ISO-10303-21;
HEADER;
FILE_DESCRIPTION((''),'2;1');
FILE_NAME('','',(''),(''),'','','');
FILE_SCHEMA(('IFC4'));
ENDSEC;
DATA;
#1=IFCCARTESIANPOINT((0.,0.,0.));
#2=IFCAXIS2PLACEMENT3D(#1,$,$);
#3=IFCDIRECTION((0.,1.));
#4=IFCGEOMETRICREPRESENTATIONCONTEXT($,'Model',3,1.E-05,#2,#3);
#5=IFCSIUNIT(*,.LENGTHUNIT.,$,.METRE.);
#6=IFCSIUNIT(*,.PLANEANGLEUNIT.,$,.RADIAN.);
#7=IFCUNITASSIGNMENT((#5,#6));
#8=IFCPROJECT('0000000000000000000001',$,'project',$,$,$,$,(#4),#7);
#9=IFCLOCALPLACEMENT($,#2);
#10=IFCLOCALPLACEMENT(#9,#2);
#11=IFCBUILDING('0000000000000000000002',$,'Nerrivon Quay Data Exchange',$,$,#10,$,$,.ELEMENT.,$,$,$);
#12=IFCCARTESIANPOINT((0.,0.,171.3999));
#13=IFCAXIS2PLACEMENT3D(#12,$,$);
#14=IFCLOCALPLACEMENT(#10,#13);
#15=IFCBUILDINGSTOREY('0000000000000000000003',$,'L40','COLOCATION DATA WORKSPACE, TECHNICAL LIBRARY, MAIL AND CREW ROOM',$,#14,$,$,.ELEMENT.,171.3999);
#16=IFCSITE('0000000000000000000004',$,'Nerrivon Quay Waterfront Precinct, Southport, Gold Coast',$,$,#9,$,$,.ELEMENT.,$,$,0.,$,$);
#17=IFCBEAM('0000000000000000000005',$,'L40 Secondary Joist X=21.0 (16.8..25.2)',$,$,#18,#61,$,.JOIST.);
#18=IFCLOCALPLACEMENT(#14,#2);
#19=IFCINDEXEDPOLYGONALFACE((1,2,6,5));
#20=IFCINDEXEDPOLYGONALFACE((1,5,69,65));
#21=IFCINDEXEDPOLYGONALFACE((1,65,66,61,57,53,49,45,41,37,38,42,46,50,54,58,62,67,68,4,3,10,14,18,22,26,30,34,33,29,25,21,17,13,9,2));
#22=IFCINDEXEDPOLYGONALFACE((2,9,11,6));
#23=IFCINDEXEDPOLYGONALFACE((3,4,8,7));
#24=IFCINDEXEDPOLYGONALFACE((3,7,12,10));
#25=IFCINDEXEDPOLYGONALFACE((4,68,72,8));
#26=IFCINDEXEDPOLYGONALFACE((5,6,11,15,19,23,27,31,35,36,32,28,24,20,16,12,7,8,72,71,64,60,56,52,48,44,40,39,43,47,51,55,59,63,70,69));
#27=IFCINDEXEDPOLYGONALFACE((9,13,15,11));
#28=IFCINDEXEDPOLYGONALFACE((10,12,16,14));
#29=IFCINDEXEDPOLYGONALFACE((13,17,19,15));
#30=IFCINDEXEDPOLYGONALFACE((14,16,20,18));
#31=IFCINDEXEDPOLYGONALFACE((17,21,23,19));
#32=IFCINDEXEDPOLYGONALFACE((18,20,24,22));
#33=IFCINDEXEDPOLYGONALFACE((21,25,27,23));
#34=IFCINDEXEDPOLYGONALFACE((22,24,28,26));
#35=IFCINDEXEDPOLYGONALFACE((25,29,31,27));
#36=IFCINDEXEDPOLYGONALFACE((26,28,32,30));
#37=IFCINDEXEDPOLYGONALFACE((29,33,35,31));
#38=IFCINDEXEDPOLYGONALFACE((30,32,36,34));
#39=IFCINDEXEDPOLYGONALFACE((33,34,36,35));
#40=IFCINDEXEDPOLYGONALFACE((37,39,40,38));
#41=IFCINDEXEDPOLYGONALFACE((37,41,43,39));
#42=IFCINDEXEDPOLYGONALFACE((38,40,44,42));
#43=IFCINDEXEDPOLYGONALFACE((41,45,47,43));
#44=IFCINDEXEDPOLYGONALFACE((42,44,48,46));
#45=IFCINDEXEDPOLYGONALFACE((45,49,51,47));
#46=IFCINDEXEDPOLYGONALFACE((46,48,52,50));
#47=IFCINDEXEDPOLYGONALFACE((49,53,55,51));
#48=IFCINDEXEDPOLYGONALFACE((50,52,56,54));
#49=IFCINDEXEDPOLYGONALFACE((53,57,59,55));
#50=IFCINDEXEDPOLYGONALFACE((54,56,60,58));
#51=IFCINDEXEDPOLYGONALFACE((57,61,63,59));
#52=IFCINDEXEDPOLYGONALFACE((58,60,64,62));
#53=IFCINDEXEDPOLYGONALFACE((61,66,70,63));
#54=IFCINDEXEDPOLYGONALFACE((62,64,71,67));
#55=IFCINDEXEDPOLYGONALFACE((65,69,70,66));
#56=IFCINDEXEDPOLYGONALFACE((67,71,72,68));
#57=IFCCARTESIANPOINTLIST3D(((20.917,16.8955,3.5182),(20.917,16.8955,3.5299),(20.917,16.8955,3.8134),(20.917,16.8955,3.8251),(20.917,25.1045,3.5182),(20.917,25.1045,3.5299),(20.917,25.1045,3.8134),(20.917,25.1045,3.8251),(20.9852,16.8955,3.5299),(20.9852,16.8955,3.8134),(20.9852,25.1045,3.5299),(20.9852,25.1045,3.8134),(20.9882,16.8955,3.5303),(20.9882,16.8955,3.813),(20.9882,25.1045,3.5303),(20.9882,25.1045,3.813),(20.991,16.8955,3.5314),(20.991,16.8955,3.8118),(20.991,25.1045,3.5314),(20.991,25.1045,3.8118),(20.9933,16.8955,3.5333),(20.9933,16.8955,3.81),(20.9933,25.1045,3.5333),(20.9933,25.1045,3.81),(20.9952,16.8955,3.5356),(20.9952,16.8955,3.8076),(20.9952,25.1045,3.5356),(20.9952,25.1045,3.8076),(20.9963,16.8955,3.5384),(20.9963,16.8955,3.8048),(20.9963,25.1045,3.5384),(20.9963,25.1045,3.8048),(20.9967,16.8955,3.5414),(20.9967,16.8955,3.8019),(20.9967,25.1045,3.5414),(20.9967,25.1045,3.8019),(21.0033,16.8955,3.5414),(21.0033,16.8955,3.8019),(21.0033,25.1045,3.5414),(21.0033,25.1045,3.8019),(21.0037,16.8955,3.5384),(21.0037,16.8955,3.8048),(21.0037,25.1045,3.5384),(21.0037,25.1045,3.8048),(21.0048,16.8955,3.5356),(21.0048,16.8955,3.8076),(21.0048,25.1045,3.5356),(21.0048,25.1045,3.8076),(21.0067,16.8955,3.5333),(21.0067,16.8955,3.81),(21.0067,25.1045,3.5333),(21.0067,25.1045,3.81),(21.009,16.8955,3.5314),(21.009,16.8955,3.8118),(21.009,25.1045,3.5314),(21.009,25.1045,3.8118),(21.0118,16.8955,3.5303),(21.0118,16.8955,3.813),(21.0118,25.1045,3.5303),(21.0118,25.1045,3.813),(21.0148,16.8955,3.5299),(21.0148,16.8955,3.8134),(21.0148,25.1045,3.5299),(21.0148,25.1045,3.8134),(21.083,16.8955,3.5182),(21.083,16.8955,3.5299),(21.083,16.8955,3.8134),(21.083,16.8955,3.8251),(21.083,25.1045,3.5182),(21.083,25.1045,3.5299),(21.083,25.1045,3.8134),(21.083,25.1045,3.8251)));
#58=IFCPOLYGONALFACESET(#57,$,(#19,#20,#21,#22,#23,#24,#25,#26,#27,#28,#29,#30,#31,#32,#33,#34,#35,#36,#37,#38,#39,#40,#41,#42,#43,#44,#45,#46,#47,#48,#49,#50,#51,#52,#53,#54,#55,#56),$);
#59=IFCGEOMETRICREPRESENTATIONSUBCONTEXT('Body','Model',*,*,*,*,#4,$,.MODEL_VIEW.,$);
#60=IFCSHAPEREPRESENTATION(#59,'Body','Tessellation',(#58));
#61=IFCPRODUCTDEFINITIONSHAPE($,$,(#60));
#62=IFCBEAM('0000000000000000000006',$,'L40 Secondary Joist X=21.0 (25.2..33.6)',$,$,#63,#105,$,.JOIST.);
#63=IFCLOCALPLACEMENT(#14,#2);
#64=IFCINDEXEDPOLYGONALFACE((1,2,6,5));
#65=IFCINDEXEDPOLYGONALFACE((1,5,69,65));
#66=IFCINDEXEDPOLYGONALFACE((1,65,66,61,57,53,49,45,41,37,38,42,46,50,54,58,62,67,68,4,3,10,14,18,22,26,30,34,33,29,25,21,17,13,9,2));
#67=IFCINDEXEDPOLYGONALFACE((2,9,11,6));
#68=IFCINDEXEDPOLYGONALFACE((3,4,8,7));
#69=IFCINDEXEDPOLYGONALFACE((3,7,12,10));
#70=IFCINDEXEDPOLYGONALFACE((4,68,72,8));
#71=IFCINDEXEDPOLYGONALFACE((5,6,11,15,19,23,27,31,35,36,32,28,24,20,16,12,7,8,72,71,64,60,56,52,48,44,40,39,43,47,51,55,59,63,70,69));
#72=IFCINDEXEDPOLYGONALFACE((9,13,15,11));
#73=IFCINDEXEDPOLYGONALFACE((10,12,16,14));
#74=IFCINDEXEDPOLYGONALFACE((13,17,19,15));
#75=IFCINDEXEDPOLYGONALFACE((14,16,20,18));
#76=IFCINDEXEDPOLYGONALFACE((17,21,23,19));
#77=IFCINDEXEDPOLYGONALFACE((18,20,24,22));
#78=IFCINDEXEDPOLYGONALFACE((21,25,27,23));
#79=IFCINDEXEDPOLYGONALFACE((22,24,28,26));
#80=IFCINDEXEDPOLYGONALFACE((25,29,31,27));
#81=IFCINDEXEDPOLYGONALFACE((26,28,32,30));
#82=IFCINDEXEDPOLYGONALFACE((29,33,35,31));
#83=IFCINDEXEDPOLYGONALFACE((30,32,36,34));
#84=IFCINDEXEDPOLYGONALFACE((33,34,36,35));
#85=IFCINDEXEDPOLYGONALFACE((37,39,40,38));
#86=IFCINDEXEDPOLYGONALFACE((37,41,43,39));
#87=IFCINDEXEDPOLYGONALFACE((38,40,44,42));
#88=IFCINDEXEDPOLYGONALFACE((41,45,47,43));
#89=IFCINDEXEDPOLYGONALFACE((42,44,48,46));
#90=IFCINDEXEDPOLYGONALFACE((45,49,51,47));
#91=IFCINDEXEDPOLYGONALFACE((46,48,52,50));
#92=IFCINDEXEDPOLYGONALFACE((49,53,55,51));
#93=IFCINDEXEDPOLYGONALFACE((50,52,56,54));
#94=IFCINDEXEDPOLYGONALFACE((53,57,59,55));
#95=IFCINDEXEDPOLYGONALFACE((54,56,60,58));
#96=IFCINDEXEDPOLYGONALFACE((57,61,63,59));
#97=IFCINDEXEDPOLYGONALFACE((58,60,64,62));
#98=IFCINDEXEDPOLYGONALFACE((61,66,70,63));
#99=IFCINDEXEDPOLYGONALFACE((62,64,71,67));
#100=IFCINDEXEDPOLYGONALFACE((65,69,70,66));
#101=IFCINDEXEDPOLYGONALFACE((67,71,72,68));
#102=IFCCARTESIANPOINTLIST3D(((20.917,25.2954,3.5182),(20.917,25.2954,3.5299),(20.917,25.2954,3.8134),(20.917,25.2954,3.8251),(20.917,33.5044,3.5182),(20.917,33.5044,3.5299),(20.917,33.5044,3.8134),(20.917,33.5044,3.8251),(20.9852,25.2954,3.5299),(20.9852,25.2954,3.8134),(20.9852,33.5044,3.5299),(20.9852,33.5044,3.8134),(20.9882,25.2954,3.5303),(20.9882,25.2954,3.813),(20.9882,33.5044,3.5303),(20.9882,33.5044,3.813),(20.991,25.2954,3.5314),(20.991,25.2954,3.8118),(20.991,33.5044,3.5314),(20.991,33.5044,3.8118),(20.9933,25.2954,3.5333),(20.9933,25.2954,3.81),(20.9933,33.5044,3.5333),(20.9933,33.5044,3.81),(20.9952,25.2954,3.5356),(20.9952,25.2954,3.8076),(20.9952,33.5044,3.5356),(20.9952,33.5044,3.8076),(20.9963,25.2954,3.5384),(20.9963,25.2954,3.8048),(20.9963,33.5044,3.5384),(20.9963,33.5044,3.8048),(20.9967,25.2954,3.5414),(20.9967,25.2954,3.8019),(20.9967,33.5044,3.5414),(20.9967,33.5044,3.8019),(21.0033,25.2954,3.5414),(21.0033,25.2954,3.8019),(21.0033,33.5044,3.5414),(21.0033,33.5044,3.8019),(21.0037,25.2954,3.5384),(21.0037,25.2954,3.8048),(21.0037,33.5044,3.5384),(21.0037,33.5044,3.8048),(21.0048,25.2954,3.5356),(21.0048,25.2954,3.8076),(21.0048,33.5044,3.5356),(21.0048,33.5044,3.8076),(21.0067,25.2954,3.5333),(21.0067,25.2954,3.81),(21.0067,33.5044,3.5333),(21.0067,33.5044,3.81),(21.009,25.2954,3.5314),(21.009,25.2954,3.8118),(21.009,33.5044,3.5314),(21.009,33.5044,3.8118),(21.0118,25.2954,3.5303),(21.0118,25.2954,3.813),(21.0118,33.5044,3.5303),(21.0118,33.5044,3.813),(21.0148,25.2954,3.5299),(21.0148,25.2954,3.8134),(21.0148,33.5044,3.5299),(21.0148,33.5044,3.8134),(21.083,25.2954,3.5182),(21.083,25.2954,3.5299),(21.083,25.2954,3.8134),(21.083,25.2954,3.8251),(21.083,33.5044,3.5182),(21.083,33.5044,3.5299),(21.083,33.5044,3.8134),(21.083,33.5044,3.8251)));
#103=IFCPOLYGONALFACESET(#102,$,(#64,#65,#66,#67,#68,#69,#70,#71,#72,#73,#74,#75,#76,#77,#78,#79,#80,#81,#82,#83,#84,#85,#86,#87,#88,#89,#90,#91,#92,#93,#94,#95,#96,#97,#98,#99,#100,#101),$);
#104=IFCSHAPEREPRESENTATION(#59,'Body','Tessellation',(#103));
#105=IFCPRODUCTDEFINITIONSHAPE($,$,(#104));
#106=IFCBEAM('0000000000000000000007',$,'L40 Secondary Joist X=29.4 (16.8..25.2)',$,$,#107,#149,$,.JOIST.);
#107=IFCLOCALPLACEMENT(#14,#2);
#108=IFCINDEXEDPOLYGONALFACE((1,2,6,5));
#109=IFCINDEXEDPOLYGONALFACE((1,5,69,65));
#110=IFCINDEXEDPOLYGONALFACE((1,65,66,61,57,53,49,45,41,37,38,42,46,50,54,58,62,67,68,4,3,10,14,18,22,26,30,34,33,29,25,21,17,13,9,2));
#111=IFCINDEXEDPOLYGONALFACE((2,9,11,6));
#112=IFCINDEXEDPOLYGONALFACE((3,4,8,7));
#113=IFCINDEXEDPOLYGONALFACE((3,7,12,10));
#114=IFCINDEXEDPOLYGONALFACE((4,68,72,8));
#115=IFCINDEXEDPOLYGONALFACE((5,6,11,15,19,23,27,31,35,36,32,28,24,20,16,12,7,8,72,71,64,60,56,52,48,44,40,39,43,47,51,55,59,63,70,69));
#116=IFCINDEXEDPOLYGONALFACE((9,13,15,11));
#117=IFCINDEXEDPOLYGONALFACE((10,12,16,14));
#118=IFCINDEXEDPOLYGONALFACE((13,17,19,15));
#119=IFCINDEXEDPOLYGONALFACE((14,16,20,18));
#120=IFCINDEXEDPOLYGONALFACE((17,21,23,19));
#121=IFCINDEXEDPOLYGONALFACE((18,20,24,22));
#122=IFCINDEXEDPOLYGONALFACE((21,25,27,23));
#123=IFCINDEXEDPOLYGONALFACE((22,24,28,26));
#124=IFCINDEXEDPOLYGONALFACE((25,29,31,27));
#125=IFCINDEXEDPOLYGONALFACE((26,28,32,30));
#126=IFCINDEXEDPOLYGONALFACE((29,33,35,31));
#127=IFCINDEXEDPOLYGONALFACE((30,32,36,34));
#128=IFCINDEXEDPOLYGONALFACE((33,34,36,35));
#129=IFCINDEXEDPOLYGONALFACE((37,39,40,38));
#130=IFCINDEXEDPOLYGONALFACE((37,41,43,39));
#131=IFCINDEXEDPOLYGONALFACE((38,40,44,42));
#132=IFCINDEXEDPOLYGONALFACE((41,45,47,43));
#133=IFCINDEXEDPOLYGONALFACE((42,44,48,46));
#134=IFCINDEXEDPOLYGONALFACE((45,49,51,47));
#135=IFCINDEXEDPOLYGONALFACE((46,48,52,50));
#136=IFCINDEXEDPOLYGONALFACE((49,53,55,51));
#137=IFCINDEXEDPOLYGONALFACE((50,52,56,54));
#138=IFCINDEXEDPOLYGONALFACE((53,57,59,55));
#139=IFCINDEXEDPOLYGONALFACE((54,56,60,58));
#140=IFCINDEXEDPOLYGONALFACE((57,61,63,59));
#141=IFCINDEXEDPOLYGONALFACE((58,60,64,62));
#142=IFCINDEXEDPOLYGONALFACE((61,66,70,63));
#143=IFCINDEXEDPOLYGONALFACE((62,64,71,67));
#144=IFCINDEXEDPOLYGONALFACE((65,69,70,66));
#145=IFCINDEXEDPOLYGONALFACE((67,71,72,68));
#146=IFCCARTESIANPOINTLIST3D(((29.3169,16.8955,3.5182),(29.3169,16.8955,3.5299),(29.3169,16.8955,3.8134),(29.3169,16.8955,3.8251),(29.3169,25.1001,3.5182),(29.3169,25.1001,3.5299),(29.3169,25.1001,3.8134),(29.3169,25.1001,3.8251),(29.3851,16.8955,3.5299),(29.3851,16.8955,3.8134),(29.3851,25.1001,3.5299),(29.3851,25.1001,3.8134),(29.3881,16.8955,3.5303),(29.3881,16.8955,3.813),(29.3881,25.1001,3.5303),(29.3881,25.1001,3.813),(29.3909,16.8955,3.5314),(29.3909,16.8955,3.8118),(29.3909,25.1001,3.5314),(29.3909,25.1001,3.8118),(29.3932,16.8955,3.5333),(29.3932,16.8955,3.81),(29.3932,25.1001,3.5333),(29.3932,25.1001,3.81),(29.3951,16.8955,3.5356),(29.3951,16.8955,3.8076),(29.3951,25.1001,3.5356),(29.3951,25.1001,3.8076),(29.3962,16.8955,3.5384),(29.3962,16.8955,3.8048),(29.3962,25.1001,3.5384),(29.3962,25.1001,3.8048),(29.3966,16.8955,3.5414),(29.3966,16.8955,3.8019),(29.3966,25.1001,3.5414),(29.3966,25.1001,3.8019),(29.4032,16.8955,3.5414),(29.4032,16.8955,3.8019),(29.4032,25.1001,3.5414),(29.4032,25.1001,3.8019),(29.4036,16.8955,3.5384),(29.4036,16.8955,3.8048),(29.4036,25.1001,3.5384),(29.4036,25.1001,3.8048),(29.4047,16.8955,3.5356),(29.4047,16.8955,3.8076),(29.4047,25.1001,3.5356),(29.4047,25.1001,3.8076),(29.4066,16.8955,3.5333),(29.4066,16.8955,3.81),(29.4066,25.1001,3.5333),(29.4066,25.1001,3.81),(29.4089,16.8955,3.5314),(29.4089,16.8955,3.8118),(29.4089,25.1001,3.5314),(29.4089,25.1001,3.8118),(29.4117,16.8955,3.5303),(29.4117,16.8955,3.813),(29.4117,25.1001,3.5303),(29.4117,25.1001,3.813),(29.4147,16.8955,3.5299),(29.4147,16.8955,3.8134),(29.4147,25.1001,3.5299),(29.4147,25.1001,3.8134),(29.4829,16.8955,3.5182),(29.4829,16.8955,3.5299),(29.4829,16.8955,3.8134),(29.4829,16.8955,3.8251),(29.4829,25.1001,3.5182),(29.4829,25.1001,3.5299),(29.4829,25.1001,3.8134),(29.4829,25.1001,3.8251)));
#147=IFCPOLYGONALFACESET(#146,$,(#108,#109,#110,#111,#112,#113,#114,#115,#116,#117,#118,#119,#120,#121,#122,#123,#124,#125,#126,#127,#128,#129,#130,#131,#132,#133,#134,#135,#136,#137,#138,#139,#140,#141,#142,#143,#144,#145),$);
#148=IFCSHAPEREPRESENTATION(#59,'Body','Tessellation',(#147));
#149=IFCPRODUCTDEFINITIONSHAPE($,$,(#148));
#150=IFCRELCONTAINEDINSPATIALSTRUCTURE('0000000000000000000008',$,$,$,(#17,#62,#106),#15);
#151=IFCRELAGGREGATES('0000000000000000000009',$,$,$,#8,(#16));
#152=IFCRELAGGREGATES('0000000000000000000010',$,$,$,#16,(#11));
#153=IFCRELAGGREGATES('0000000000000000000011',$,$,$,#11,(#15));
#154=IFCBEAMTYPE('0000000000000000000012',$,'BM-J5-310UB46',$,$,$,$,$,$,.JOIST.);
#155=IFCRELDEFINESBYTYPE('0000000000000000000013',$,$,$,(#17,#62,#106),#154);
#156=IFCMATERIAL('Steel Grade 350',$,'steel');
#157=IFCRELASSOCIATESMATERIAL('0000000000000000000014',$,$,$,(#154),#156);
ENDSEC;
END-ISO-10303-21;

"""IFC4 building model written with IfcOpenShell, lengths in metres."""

from ifc_helpers import new_model, si_unit, direction, frame, origin, origin_2d, place, context, subcontext, project, spatial, i_section, extrude, material, material_profile, profile_set, type_object, element, save


model = new_model("IFC4")

# Units and contexts
model_context = context("Model", 3, precision=1e-05, world=origin(), true_north=direction((0.0, 1.0)))
body_context = subcontext(model_context, "Body", "Model", "MODEL_VIEW")
ifc_project = project(units=[si_unit("LENGTHUNIT", "METRE"), si_unit("PLANEANGLEUNIT", "RADIAN")], contexts=[model_context])

# Site, building, storey
site_placement = place(None, origin())
site = spatial("IfcSite", under=ifc_project, at=site_placement, Name="Nerrivon Quay Waterfront Precinct, Southport, Gold Coast", CompositionType="ELEMENT", RefElevation=0.0)
building_placement = place(site_placement, origin())
building = spatial("IfcBuilding", under=site, at=building_placement, Name="Nerrivon Quay Data Exchange", CompositionType="ELEMENT")
storey_placement = place(building_placement, frame((0.0, 0.0, 171.3999)))
storey = spatial("IfcBuildingStorey", under=building, at=storey_placement, Name="L40", Description="COLOCATION DATA WORKSPACE, TECHNICAL LIBRARY, MAIL AND CREW ROOM", CompositionType="ELEMENT", Elevation=171.3999)

# Shared definitions
ifc_material_1 = material(Name="Steel Grade 350", Category="steel")

# Beams
ifc_material_profile_1 = material_profile(ifc_material_1, i_section(OverallWidth=0.166, OverallDepth=0.3069, WebThickness=0.0066, FlangeThickness=0.0117, FilletRadius=0.0115, at=origin_2d()), Name="310UB46.2")
ifc_profile_set_1 = profile_set([ifc_material_profile_1], Name="Steel Grade 350")
beam_type_1 = type_object("IfcBeamType", Name="BM-J5-310UB46", PredefinedType="JOIST", material=ifc_profile_set_1)
for number, where, z_axis, x_axis, name in (
    (1, (21.0, 16.8955, 3.6716), (0.0, 1.0, 0.0), (-1.0, 0.0, 0.0), "L40 Secondary Joist X=21.0 (16.8..25.2)"),
    (2, (21.0, 25.2954, 3.6716), (0.0, 1.0, 0.0), (-1.0, 0.0, 0.0), "L40 Secondary Joist X=21.0 (25.2..33.6)"),
):
    element("IfcBeam", number, at=place(storey_placement, frame(where, z_axis=z_axis, x_axis=x_axis)), inside=storey, type_object=beam_type_1, Name=name, PredefinedType="JOIST", context=body_context, shape_type="SweptSolid", body=[
        extrude(i_section(OverallWidth=0.166, OverallDepth=0.3069, WebThickness=0.0066, FlangeThickness=0.0117, FilletRadius=0.0115, at=origin_2d()), origin(), (0.0, 0.0, 1.0), 8.209),
    ])
beam_1_placement = place(storey_placement, frame((29.3999, 16.8955, 3.6716), z_axis=(0.0, 1.0, 0.0), x_axis=(-1.0, 0.0, 0.0)))
element("IfcBeam", 3, at=beam_1_placement, inside=storey, type_object=beam_type_1, Name="L40 Secondary Joist X=29.4 (16.8..25.2)", PredefinedType="JOIST", context=body_context, shape_type="SweptSolid", body=[
    extrude(i_section(OverallWidth=0.166, OverallDepth=0.3069, WebThickness=0.0066, FlangeThickness=0.0117, FilletRadius=0.0115, at=origin_2d()), origin(), (0.0, 0.0, 1.0), 8.2046),
])

save(model, "model.ifc")
